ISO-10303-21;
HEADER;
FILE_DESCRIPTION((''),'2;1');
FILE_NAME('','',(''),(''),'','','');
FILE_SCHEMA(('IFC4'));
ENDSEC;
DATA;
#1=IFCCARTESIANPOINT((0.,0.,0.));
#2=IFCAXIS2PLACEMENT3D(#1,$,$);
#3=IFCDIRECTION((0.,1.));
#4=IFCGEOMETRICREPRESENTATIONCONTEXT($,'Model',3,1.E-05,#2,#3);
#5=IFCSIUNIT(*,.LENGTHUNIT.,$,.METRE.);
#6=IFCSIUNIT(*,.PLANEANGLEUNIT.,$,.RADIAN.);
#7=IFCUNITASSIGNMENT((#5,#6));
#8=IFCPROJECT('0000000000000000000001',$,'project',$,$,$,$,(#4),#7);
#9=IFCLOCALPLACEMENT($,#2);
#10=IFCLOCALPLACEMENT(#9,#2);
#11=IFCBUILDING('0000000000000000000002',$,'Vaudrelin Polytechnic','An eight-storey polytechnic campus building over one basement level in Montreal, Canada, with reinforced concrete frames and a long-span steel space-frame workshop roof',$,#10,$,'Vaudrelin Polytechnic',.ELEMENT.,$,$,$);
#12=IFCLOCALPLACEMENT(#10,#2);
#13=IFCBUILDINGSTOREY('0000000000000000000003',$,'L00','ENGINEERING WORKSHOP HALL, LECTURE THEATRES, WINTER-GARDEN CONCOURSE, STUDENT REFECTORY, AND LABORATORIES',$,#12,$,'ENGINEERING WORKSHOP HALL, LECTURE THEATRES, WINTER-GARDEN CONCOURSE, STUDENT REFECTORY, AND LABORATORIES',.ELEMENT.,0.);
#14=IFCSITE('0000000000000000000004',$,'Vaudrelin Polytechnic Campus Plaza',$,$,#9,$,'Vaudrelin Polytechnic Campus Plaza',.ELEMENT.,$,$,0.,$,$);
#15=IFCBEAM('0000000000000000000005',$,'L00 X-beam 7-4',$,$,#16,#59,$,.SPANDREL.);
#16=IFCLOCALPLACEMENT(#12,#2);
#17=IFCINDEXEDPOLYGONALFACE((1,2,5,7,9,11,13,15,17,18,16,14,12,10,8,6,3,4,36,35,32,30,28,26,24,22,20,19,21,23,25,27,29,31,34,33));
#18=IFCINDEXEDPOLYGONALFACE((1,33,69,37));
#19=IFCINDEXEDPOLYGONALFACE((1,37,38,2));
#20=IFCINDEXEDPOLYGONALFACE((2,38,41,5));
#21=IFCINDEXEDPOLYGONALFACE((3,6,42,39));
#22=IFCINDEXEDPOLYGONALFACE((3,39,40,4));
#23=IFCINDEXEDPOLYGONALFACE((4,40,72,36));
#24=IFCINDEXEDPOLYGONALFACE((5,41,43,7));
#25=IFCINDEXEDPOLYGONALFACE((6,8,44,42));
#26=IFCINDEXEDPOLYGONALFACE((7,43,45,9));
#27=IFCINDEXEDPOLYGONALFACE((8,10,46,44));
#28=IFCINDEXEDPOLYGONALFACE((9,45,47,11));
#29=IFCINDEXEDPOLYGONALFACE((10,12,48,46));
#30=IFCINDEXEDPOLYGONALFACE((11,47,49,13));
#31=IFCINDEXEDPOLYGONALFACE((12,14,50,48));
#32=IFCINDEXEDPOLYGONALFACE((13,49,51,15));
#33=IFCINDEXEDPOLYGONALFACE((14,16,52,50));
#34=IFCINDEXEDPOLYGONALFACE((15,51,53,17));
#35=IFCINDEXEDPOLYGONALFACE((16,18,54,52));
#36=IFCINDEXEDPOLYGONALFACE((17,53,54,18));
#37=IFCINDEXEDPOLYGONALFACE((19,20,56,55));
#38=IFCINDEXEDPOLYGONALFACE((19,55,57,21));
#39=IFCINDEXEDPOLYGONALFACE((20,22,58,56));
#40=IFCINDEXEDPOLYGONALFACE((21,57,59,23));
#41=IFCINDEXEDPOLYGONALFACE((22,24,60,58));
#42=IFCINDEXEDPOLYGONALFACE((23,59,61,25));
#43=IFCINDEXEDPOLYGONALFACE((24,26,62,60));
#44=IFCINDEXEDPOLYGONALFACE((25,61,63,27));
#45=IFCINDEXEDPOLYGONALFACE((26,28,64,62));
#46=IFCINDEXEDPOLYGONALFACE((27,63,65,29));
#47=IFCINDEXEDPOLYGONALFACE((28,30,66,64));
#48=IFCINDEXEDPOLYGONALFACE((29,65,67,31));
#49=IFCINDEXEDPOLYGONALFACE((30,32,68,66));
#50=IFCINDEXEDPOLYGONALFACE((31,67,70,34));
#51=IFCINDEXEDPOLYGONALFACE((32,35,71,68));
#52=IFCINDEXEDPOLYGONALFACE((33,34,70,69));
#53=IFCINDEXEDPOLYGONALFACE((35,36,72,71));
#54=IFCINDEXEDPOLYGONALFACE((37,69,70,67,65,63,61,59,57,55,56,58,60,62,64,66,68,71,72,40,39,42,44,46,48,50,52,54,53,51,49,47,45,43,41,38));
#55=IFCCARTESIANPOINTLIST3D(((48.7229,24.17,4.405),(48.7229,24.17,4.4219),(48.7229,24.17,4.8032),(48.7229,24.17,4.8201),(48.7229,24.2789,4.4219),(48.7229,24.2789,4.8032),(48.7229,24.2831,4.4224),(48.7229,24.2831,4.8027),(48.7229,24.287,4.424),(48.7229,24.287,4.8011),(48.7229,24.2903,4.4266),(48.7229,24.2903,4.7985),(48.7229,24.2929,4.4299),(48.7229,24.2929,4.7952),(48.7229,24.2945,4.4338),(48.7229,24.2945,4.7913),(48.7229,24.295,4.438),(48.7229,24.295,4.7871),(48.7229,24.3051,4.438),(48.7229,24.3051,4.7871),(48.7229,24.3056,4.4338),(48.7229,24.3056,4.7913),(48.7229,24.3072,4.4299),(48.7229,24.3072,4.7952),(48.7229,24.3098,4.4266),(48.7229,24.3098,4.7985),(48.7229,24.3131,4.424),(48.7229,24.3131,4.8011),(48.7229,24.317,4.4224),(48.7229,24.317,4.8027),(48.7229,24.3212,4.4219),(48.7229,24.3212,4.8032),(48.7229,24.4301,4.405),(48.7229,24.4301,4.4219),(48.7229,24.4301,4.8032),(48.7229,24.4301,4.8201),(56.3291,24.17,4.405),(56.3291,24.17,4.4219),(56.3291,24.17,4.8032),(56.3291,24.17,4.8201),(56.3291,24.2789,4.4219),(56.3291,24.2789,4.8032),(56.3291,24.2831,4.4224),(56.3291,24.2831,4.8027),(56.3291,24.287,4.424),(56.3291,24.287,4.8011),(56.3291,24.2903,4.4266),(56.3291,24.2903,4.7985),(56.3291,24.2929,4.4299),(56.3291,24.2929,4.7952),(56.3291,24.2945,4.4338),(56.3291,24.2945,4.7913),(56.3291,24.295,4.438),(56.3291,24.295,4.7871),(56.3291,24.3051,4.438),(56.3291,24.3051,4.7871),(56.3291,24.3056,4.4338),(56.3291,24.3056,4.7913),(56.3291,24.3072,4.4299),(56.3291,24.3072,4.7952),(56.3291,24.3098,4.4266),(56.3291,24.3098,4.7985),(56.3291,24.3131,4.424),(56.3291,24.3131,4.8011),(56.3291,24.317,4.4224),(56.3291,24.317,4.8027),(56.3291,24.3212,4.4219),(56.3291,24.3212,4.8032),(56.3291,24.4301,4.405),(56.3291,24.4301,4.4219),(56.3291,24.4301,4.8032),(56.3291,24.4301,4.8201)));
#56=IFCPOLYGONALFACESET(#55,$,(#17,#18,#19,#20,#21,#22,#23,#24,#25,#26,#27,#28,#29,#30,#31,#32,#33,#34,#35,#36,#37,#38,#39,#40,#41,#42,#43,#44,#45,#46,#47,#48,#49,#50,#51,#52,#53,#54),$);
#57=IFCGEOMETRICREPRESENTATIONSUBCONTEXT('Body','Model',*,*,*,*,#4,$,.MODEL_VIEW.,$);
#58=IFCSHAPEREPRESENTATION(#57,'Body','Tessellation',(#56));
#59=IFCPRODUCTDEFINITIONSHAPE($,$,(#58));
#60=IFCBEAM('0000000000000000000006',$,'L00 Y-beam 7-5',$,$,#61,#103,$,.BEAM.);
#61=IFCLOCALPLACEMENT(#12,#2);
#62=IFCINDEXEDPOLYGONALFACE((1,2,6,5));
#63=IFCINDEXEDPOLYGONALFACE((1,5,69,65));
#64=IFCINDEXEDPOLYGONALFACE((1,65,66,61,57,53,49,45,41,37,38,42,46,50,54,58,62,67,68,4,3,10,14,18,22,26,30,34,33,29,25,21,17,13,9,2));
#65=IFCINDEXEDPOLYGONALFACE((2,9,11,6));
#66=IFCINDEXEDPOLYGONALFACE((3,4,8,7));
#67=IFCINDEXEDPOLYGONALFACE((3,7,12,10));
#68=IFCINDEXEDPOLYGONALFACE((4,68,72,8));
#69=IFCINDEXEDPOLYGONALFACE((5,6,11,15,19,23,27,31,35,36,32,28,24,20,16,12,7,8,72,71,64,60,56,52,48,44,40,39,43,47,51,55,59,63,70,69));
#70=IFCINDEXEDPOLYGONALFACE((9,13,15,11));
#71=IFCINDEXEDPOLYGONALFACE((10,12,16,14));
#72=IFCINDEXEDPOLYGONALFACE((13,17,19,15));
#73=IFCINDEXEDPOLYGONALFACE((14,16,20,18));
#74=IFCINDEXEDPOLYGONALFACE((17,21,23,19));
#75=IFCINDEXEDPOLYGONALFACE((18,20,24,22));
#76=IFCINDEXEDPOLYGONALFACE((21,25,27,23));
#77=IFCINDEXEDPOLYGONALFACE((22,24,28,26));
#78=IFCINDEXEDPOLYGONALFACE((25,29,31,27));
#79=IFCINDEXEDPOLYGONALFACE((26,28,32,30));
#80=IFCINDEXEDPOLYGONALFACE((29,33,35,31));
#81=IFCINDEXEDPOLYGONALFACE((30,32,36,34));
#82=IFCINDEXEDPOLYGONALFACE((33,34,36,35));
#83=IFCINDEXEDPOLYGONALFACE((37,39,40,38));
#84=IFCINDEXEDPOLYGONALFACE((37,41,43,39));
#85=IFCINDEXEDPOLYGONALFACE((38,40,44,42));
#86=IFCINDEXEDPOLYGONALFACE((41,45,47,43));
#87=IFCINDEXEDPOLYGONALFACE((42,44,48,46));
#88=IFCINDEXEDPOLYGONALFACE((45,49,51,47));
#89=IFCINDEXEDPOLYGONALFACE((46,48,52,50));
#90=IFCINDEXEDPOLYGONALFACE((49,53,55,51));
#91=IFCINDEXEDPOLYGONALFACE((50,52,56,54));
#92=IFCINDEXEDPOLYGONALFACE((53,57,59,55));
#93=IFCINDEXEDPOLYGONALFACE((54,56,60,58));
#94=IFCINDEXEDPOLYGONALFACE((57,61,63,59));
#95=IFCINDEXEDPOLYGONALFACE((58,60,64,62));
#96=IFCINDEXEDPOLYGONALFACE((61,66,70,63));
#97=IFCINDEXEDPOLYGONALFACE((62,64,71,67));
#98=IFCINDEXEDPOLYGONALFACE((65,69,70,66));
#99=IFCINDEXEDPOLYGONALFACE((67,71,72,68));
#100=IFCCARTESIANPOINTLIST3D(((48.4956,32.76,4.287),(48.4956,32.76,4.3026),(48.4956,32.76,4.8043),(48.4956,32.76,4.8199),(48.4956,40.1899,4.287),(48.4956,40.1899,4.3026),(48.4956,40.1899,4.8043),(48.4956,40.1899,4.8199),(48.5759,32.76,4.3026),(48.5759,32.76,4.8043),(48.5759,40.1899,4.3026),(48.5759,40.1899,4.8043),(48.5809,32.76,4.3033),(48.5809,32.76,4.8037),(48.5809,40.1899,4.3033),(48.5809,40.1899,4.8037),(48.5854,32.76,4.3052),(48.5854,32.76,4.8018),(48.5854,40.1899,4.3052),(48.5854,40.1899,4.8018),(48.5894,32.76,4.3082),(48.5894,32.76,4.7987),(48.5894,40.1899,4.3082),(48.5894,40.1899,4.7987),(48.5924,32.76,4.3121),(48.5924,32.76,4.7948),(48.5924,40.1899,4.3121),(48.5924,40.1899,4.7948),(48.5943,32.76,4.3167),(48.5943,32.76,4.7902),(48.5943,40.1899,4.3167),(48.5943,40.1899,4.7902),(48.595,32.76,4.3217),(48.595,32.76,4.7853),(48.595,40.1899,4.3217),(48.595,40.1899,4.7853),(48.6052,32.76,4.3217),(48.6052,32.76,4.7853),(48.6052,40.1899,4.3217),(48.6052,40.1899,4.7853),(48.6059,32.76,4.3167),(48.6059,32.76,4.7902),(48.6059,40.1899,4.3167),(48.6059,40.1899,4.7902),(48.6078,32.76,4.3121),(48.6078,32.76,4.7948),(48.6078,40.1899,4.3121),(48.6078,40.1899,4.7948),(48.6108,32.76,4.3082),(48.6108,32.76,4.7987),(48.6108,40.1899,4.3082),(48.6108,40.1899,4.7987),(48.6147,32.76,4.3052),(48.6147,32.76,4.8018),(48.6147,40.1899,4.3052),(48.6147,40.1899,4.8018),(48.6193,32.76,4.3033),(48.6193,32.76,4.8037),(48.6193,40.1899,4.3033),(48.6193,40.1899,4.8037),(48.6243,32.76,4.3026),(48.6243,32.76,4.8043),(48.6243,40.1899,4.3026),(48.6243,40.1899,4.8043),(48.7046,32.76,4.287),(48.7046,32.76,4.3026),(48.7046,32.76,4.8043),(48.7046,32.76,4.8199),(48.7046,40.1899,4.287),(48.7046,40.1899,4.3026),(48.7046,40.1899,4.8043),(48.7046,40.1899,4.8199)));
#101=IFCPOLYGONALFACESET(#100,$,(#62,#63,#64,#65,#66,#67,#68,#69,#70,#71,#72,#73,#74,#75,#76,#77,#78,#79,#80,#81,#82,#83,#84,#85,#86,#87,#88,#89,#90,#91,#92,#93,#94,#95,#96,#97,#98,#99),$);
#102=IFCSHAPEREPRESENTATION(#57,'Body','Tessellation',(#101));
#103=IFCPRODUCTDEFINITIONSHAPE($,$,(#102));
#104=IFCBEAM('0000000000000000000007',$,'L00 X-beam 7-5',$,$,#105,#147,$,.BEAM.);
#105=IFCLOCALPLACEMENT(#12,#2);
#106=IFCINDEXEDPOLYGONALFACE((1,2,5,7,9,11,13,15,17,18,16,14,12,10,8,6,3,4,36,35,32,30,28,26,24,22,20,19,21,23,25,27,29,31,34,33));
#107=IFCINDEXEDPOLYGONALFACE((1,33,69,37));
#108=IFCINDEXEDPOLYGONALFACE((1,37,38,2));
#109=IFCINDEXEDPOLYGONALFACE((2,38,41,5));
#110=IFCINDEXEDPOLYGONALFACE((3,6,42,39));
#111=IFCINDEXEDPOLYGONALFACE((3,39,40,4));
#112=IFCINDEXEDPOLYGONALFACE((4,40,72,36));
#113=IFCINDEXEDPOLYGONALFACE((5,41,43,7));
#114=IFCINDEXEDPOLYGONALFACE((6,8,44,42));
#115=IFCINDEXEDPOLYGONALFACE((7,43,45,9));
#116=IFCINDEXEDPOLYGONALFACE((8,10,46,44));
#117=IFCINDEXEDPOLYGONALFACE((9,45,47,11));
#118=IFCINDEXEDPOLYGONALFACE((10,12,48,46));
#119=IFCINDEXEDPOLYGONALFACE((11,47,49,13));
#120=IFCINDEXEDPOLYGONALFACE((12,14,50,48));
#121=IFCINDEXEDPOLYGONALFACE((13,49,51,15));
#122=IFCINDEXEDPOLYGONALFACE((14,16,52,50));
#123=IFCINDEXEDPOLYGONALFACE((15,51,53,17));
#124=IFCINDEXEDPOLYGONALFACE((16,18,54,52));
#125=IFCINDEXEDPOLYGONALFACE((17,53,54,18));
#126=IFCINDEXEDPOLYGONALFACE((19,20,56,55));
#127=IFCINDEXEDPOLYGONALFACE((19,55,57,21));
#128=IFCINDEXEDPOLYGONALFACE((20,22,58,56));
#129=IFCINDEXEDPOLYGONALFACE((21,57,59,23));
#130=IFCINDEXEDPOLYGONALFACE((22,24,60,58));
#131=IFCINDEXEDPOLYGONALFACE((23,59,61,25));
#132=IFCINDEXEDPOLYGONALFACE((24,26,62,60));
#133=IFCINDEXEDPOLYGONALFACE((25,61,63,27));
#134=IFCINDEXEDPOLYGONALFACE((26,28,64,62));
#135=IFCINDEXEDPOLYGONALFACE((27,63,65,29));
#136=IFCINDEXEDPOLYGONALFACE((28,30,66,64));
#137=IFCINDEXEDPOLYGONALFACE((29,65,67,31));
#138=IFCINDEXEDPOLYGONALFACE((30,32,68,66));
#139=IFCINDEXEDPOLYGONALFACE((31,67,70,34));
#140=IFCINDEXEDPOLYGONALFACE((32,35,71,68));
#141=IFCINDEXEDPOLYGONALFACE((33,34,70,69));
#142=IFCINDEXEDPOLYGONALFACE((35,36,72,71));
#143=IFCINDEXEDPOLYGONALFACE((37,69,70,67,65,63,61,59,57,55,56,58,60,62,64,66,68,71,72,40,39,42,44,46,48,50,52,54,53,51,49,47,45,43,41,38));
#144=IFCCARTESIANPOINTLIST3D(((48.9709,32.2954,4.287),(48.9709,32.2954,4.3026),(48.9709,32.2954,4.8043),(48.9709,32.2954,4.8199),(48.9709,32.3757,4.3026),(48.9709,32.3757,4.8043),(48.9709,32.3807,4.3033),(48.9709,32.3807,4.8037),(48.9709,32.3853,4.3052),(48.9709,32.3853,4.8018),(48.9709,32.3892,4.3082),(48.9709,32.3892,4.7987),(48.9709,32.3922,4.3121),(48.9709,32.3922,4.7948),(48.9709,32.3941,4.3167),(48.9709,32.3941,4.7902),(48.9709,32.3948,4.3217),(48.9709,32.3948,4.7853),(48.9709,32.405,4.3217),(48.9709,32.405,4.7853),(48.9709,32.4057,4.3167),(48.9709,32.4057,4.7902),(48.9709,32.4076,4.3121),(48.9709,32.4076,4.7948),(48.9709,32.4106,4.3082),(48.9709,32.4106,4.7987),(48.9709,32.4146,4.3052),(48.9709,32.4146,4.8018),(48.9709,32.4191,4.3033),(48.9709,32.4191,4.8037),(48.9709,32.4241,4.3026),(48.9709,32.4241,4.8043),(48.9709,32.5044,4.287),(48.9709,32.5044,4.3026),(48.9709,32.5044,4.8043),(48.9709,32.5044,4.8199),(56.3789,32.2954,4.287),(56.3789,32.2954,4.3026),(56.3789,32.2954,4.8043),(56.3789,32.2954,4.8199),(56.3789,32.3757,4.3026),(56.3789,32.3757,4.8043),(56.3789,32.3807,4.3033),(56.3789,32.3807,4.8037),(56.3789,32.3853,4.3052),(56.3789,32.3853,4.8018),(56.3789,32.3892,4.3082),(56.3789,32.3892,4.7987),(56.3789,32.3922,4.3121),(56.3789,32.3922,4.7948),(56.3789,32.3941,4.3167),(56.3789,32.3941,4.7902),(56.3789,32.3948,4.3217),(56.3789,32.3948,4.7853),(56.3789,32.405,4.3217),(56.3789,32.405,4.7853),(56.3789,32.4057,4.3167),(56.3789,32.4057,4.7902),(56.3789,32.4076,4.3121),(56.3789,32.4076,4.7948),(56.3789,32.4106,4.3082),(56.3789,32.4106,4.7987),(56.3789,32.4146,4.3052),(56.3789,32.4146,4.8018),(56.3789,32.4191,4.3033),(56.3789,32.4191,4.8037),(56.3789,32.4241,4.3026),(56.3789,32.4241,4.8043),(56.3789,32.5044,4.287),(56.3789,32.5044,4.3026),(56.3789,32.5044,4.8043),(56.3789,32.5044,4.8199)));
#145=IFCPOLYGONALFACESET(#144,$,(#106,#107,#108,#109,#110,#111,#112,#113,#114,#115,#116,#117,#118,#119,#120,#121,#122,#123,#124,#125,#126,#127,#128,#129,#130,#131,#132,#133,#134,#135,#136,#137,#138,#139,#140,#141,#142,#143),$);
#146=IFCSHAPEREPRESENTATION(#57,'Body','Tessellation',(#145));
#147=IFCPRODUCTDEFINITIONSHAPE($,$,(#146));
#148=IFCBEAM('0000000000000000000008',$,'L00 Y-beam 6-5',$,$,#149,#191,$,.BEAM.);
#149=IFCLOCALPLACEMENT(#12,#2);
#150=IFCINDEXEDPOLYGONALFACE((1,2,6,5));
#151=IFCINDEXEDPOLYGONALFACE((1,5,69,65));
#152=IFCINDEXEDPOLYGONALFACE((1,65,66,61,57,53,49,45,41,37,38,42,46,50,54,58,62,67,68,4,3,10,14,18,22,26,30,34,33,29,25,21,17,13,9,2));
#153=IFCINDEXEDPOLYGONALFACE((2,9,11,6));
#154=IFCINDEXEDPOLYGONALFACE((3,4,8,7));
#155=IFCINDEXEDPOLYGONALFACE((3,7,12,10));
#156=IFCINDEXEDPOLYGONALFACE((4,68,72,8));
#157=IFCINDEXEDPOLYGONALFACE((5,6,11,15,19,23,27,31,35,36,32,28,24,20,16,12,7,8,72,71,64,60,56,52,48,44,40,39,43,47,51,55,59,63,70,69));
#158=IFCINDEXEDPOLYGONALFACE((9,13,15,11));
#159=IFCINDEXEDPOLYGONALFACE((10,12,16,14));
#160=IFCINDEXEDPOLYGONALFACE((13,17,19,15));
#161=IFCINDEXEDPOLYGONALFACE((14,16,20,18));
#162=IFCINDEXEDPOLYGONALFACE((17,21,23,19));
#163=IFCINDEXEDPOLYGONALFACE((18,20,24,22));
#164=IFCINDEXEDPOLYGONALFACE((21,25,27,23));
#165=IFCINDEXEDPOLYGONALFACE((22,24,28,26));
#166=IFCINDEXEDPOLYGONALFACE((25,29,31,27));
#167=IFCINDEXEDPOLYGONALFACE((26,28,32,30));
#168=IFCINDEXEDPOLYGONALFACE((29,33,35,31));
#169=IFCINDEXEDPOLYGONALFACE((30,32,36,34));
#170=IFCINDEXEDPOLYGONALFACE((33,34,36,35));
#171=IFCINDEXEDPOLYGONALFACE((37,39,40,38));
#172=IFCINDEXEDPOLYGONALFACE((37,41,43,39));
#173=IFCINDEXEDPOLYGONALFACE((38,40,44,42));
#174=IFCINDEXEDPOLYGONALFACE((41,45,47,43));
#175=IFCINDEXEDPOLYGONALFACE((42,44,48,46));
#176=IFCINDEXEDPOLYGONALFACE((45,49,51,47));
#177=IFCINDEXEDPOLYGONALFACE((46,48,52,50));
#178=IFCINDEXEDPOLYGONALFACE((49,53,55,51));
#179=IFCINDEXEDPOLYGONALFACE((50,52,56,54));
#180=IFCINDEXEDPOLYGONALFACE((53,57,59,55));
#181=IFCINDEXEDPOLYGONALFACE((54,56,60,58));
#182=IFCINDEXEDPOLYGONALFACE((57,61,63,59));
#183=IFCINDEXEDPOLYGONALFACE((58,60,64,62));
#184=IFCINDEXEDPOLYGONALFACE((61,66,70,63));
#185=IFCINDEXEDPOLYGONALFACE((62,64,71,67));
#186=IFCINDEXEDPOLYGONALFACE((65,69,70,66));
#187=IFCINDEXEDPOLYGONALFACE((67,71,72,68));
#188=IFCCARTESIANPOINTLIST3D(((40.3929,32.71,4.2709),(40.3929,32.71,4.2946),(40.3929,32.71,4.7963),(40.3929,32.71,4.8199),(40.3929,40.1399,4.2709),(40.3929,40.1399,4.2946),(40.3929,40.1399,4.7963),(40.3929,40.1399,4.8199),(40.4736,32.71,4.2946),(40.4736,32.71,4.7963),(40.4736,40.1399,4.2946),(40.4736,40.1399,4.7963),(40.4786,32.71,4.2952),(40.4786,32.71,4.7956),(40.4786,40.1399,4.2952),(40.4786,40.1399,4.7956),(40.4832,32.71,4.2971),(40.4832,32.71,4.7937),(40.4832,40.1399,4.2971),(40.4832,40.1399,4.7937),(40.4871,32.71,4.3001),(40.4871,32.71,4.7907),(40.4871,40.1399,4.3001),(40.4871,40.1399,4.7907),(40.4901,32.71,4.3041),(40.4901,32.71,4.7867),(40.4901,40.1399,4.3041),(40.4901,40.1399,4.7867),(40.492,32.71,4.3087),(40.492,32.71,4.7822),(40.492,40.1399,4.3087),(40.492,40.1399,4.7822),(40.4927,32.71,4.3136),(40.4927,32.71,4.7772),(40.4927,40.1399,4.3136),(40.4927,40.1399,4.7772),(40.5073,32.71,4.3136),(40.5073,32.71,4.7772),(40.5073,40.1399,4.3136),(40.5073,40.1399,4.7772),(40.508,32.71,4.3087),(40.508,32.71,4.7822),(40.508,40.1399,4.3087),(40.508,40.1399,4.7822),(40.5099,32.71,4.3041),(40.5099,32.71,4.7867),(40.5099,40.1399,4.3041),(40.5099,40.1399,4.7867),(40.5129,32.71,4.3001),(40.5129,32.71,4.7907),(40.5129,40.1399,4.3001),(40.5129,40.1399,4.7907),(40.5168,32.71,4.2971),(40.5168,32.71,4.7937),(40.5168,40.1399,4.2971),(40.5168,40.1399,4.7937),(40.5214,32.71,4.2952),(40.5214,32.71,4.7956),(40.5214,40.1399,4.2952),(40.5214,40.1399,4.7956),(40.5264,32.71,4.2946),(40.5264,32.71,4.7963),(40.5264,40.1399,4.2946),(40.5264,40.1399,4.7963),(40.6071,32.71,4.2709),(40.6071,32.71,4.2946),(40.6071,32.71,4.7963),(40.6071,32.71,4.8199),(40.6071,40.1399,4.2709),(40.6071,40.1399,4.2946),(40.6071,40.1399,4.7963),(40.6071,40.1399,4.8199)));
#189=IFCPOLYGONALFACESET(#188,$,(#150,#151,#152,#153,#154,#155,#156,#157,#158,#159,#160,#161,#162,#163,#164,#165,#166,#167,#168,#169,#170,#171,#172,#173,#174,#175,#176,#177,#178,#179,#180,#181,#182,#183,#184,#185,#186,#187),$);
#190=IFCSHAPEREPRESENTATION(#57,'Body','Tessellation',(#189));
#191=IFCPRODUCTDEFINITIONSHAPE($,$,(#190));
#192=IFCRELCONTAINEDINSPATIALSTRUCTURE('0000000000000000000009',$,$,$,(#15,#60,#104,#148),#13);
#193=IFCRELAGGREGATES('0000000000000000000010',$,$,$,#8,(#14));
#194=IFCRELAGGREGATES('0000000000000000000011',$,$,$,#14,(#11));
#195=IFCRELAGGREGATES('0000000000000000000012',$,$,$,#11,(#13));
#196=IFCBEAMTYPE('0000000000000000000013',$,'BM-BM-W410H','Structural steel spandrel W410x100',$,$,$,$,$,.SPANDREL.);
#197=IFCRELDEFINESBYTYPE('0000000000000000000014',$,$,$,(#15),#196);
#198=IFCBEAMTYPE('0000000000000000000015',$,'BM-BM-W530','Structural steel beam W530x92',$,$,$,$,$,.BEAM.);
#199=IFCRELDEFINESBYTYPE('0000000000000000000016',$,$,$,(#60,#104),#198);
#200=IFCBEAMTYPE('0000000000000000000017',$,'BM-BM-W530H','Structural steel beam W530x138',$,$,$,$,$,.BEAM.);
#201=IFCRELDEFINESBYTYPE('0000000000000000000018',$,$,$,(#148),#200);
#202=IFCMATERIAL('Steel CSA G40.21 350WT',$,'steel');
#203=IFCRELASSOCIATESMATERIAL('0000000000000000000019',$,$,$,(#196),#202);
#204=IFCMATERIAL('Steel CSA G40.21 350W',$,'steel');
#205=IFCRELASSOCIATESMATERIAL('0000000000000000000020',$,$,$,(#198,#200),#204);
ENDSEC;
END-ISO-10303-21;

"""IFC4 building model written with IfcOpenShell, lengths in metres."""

from ifc_helpers import new_model, si_unit, direction, frame, origin, origin_2d, place, context, subcontext, project, spatial, i_section, extrude, material, material_profile, profile_set, type_object, element, save


model = new_model("IFC4")

# Units and contexts
model_context = context("Model", 3, precision=1e-05, world=origin(), true_north=direction((0.0, 1.0)))
body_context = subcontext(model_context, "Body", "Model", "MODEL_VIEW")
ifc_project = project(units=[si_unit("LENGTHUNIT", "METRE"), si_unit("PLANEANGLEUNIT", "RADIAN")], contexts=[model_context])

# Site, building, storey
site_placement = place(None, origin())
site = spatial("IfcSite", under=ifc_project, at=site_placement, Name="Vaudrelin Polytechnic Campus Plaza", LongName="Vaudrelin Polytechnic Campus Plaza", CompositionType="ELEMENT", RefElevation=0.0)
building_placement = place(site_placement, origin())
building = spatial("IfcBuilding", under=site, at=building_placement, Name="Vaudrelin Polytechnic", Description="An eight-storey polytechnic campus building over one basement level in Montreal, Canada, with reinforced concrete frames and a long-span steel space-frame workshop roof", LongName="Vaudrelin Polytechnic", CompositionType="ELEMENT")
storey_placement = place(building_placement, origin())
storey = spatial("IfcBuildingStorey", under=building, at=storey_placement, Name="L00", Description="ENGINEERING WORKSHOP HALL, LECTURE THEATRES, WINTER-GARDEN CONCOURSE, STUDENT REFECTORY, AND LABORATORIES", LongName="ENGINEERING WORKSHOP HALL, LECTURE THEATRES, WINTER-GARDEN CONCOURSE, STUDENT REFECTORY, AND LABORATORIES", CompositionType="ELEMENT", Elevation=0.0)

# Shared definitions
ifc_material_1 = material(Name="Steel CSA G40.21 350W", Category="steel")

# Beams
ifc_material_2 = material(Name="Steel CSA G40.21 350WT", Category="steel")
ifc_material_profile_1 = material_profile(ifc_material_2, i_section(OverallWidth=0.26, OverallDepth=0.415, WebThickness=0.01, FlangeThickness=0.0168, FilletRadius=0.0161, at=origin_2d()), Name="W410x100")
ifc_profile_set_1 = profile_set([ifc_material_profile_1], Name="Steel CSA G40.21 350WT")
beam_type_1 = type_object("IfcBeamType", Name="BM-BM-W410H", Description="Structural steel spandrel W410x100", PredefinedType="SPANDREL", material=ifc_profile_set_1)
beam_1_placement = place(storey_placement, frame((48.7229, 24.3, 4.6125), z_axis=(1.0, 0.0, 0.0), x_axis=(0.0, 1.0, 0.0)))
element("IfcBeam", 1, at=beam_1_placement, inside=storey, type_object=beam_type_1, Name="L00 X-beam 7-4", PredefinedType="SPANDREL", context=body_context, shape_type="SweptSolid", body=[
    extrude(i_section(OverallWidth=0.26, OverallDepth=0.415, WebThickness=0.01, FlangeThickness=0.0168, FilletRadius=0.0161, at=origin_2d()), origin(), (0.0, 0.0, 1.0), 7.6062),
])
ifc_material_profile_2 = material_profile(ifc_material_1, i_section(OverallWidth=0.209, OverallDepth=0.533, WebThickness=0.0103, FlangeThickness=0.0156, FilletRadius=0.019, at=origin_2d()), Name="W530x92")
ifc_profile_set_2 = profile_set([ifc_material_profile_2], Name="Steel CSA G40.21 350W")
beam_type_2 = type_object("IfcBeamType", Name="BM-BM-W530", Description="Structural steel beam W530x92", PredefinedType="BEAM", material=ifc_profile_set_2)
beam_2_placement = place(storey_placement, frame((48.6001, 32.76, 4.5535), z_axis=(0.0, 1.0, 0.0), x_axis=(-1.0, 0.0, 0.0)))
element("IfcBeam", 2, at=beam_2_placement, inside=storey, type_object=beam_type_2, Name="L00 Y-beam 7-5", PredefinedType="BEAM", context=body_context, shape_type="SweptSolid", body=[
    extrude(i_section(OverallWidth=0.209, OverallDepth=0.533, WebThickness=0.0103, FlangeThickness=0.0156, FilletRadius=0.019, at=origin_2d()), origin(), (0.0, 0.0, 1.0), 7.4299),
])
beam_3_placement = place(storey_placement, frame((48.9709, 32.3999, 4.5535), z_axis=(1.0, 0.0, 0.0), x_axis=(0.0, 1.0, 0.0)))
element("IfcBeam", 3, at=beam_3_placement, inside=storey, type_object=beam_type_2, Name="L00 X-beam 7-5", PredefinedType="BEAM", context=body_context, shape_type="SweptSolid", body=[
    extrude(i_section(OverallWidth=0.209, OverallDepth=0.533, WebThickness=0.0103, FlangeThickness=0.0156, FilletRadius=0.019, at=origin_2d()), origin(), (0.0, 0.0, 1.0), 7.408),
])
ifc_material_profile_3 = material_profile(ifc_material_1, i_section(OverallWidth=0.2141, OverallDepth=0.5491, WebThickness=0.0146, FlangeThickness=0.0237, FilletRadius=0.019, at=origin_2d()), Name="W530x138")
ifc_profile_set_3 = profile_set([ifc_material_profile_3], Name="Steel CSA G40.21 350W")
beam_type_3 = type_object("IfcBeamType", Name="BM-BM-W530H", Description="Structural steel beam W530x138", PredefinedType="BEAM", material=ifc_profile_set_3)
beam_4_placement = place(storey_placement, frame((40.5, 32.71, 4.5454), z_axis=(0.0, 1.0, 0.0), x_axis=(-1.0, 0.0, 0.0)))
element("IfcBeam", 4, at=beam_4_placement, inside=storey, type_object=beam_type_3, Name="L00 Y-beam 6-5", PredefinedType="BEAM", context=body_context, shape_type="SweptSolid", body=[
    extrude(i_section(OverallWidth=0.2141, OverallDepth=0.5491, WebThickness=0.0146, FlangeThickness=0.0237, FilletRadius=0.019, at=origin_2d()), origin(), (0.0, 0.0, 1.0), 7.4299),
])

save(model, "model.ifc")
